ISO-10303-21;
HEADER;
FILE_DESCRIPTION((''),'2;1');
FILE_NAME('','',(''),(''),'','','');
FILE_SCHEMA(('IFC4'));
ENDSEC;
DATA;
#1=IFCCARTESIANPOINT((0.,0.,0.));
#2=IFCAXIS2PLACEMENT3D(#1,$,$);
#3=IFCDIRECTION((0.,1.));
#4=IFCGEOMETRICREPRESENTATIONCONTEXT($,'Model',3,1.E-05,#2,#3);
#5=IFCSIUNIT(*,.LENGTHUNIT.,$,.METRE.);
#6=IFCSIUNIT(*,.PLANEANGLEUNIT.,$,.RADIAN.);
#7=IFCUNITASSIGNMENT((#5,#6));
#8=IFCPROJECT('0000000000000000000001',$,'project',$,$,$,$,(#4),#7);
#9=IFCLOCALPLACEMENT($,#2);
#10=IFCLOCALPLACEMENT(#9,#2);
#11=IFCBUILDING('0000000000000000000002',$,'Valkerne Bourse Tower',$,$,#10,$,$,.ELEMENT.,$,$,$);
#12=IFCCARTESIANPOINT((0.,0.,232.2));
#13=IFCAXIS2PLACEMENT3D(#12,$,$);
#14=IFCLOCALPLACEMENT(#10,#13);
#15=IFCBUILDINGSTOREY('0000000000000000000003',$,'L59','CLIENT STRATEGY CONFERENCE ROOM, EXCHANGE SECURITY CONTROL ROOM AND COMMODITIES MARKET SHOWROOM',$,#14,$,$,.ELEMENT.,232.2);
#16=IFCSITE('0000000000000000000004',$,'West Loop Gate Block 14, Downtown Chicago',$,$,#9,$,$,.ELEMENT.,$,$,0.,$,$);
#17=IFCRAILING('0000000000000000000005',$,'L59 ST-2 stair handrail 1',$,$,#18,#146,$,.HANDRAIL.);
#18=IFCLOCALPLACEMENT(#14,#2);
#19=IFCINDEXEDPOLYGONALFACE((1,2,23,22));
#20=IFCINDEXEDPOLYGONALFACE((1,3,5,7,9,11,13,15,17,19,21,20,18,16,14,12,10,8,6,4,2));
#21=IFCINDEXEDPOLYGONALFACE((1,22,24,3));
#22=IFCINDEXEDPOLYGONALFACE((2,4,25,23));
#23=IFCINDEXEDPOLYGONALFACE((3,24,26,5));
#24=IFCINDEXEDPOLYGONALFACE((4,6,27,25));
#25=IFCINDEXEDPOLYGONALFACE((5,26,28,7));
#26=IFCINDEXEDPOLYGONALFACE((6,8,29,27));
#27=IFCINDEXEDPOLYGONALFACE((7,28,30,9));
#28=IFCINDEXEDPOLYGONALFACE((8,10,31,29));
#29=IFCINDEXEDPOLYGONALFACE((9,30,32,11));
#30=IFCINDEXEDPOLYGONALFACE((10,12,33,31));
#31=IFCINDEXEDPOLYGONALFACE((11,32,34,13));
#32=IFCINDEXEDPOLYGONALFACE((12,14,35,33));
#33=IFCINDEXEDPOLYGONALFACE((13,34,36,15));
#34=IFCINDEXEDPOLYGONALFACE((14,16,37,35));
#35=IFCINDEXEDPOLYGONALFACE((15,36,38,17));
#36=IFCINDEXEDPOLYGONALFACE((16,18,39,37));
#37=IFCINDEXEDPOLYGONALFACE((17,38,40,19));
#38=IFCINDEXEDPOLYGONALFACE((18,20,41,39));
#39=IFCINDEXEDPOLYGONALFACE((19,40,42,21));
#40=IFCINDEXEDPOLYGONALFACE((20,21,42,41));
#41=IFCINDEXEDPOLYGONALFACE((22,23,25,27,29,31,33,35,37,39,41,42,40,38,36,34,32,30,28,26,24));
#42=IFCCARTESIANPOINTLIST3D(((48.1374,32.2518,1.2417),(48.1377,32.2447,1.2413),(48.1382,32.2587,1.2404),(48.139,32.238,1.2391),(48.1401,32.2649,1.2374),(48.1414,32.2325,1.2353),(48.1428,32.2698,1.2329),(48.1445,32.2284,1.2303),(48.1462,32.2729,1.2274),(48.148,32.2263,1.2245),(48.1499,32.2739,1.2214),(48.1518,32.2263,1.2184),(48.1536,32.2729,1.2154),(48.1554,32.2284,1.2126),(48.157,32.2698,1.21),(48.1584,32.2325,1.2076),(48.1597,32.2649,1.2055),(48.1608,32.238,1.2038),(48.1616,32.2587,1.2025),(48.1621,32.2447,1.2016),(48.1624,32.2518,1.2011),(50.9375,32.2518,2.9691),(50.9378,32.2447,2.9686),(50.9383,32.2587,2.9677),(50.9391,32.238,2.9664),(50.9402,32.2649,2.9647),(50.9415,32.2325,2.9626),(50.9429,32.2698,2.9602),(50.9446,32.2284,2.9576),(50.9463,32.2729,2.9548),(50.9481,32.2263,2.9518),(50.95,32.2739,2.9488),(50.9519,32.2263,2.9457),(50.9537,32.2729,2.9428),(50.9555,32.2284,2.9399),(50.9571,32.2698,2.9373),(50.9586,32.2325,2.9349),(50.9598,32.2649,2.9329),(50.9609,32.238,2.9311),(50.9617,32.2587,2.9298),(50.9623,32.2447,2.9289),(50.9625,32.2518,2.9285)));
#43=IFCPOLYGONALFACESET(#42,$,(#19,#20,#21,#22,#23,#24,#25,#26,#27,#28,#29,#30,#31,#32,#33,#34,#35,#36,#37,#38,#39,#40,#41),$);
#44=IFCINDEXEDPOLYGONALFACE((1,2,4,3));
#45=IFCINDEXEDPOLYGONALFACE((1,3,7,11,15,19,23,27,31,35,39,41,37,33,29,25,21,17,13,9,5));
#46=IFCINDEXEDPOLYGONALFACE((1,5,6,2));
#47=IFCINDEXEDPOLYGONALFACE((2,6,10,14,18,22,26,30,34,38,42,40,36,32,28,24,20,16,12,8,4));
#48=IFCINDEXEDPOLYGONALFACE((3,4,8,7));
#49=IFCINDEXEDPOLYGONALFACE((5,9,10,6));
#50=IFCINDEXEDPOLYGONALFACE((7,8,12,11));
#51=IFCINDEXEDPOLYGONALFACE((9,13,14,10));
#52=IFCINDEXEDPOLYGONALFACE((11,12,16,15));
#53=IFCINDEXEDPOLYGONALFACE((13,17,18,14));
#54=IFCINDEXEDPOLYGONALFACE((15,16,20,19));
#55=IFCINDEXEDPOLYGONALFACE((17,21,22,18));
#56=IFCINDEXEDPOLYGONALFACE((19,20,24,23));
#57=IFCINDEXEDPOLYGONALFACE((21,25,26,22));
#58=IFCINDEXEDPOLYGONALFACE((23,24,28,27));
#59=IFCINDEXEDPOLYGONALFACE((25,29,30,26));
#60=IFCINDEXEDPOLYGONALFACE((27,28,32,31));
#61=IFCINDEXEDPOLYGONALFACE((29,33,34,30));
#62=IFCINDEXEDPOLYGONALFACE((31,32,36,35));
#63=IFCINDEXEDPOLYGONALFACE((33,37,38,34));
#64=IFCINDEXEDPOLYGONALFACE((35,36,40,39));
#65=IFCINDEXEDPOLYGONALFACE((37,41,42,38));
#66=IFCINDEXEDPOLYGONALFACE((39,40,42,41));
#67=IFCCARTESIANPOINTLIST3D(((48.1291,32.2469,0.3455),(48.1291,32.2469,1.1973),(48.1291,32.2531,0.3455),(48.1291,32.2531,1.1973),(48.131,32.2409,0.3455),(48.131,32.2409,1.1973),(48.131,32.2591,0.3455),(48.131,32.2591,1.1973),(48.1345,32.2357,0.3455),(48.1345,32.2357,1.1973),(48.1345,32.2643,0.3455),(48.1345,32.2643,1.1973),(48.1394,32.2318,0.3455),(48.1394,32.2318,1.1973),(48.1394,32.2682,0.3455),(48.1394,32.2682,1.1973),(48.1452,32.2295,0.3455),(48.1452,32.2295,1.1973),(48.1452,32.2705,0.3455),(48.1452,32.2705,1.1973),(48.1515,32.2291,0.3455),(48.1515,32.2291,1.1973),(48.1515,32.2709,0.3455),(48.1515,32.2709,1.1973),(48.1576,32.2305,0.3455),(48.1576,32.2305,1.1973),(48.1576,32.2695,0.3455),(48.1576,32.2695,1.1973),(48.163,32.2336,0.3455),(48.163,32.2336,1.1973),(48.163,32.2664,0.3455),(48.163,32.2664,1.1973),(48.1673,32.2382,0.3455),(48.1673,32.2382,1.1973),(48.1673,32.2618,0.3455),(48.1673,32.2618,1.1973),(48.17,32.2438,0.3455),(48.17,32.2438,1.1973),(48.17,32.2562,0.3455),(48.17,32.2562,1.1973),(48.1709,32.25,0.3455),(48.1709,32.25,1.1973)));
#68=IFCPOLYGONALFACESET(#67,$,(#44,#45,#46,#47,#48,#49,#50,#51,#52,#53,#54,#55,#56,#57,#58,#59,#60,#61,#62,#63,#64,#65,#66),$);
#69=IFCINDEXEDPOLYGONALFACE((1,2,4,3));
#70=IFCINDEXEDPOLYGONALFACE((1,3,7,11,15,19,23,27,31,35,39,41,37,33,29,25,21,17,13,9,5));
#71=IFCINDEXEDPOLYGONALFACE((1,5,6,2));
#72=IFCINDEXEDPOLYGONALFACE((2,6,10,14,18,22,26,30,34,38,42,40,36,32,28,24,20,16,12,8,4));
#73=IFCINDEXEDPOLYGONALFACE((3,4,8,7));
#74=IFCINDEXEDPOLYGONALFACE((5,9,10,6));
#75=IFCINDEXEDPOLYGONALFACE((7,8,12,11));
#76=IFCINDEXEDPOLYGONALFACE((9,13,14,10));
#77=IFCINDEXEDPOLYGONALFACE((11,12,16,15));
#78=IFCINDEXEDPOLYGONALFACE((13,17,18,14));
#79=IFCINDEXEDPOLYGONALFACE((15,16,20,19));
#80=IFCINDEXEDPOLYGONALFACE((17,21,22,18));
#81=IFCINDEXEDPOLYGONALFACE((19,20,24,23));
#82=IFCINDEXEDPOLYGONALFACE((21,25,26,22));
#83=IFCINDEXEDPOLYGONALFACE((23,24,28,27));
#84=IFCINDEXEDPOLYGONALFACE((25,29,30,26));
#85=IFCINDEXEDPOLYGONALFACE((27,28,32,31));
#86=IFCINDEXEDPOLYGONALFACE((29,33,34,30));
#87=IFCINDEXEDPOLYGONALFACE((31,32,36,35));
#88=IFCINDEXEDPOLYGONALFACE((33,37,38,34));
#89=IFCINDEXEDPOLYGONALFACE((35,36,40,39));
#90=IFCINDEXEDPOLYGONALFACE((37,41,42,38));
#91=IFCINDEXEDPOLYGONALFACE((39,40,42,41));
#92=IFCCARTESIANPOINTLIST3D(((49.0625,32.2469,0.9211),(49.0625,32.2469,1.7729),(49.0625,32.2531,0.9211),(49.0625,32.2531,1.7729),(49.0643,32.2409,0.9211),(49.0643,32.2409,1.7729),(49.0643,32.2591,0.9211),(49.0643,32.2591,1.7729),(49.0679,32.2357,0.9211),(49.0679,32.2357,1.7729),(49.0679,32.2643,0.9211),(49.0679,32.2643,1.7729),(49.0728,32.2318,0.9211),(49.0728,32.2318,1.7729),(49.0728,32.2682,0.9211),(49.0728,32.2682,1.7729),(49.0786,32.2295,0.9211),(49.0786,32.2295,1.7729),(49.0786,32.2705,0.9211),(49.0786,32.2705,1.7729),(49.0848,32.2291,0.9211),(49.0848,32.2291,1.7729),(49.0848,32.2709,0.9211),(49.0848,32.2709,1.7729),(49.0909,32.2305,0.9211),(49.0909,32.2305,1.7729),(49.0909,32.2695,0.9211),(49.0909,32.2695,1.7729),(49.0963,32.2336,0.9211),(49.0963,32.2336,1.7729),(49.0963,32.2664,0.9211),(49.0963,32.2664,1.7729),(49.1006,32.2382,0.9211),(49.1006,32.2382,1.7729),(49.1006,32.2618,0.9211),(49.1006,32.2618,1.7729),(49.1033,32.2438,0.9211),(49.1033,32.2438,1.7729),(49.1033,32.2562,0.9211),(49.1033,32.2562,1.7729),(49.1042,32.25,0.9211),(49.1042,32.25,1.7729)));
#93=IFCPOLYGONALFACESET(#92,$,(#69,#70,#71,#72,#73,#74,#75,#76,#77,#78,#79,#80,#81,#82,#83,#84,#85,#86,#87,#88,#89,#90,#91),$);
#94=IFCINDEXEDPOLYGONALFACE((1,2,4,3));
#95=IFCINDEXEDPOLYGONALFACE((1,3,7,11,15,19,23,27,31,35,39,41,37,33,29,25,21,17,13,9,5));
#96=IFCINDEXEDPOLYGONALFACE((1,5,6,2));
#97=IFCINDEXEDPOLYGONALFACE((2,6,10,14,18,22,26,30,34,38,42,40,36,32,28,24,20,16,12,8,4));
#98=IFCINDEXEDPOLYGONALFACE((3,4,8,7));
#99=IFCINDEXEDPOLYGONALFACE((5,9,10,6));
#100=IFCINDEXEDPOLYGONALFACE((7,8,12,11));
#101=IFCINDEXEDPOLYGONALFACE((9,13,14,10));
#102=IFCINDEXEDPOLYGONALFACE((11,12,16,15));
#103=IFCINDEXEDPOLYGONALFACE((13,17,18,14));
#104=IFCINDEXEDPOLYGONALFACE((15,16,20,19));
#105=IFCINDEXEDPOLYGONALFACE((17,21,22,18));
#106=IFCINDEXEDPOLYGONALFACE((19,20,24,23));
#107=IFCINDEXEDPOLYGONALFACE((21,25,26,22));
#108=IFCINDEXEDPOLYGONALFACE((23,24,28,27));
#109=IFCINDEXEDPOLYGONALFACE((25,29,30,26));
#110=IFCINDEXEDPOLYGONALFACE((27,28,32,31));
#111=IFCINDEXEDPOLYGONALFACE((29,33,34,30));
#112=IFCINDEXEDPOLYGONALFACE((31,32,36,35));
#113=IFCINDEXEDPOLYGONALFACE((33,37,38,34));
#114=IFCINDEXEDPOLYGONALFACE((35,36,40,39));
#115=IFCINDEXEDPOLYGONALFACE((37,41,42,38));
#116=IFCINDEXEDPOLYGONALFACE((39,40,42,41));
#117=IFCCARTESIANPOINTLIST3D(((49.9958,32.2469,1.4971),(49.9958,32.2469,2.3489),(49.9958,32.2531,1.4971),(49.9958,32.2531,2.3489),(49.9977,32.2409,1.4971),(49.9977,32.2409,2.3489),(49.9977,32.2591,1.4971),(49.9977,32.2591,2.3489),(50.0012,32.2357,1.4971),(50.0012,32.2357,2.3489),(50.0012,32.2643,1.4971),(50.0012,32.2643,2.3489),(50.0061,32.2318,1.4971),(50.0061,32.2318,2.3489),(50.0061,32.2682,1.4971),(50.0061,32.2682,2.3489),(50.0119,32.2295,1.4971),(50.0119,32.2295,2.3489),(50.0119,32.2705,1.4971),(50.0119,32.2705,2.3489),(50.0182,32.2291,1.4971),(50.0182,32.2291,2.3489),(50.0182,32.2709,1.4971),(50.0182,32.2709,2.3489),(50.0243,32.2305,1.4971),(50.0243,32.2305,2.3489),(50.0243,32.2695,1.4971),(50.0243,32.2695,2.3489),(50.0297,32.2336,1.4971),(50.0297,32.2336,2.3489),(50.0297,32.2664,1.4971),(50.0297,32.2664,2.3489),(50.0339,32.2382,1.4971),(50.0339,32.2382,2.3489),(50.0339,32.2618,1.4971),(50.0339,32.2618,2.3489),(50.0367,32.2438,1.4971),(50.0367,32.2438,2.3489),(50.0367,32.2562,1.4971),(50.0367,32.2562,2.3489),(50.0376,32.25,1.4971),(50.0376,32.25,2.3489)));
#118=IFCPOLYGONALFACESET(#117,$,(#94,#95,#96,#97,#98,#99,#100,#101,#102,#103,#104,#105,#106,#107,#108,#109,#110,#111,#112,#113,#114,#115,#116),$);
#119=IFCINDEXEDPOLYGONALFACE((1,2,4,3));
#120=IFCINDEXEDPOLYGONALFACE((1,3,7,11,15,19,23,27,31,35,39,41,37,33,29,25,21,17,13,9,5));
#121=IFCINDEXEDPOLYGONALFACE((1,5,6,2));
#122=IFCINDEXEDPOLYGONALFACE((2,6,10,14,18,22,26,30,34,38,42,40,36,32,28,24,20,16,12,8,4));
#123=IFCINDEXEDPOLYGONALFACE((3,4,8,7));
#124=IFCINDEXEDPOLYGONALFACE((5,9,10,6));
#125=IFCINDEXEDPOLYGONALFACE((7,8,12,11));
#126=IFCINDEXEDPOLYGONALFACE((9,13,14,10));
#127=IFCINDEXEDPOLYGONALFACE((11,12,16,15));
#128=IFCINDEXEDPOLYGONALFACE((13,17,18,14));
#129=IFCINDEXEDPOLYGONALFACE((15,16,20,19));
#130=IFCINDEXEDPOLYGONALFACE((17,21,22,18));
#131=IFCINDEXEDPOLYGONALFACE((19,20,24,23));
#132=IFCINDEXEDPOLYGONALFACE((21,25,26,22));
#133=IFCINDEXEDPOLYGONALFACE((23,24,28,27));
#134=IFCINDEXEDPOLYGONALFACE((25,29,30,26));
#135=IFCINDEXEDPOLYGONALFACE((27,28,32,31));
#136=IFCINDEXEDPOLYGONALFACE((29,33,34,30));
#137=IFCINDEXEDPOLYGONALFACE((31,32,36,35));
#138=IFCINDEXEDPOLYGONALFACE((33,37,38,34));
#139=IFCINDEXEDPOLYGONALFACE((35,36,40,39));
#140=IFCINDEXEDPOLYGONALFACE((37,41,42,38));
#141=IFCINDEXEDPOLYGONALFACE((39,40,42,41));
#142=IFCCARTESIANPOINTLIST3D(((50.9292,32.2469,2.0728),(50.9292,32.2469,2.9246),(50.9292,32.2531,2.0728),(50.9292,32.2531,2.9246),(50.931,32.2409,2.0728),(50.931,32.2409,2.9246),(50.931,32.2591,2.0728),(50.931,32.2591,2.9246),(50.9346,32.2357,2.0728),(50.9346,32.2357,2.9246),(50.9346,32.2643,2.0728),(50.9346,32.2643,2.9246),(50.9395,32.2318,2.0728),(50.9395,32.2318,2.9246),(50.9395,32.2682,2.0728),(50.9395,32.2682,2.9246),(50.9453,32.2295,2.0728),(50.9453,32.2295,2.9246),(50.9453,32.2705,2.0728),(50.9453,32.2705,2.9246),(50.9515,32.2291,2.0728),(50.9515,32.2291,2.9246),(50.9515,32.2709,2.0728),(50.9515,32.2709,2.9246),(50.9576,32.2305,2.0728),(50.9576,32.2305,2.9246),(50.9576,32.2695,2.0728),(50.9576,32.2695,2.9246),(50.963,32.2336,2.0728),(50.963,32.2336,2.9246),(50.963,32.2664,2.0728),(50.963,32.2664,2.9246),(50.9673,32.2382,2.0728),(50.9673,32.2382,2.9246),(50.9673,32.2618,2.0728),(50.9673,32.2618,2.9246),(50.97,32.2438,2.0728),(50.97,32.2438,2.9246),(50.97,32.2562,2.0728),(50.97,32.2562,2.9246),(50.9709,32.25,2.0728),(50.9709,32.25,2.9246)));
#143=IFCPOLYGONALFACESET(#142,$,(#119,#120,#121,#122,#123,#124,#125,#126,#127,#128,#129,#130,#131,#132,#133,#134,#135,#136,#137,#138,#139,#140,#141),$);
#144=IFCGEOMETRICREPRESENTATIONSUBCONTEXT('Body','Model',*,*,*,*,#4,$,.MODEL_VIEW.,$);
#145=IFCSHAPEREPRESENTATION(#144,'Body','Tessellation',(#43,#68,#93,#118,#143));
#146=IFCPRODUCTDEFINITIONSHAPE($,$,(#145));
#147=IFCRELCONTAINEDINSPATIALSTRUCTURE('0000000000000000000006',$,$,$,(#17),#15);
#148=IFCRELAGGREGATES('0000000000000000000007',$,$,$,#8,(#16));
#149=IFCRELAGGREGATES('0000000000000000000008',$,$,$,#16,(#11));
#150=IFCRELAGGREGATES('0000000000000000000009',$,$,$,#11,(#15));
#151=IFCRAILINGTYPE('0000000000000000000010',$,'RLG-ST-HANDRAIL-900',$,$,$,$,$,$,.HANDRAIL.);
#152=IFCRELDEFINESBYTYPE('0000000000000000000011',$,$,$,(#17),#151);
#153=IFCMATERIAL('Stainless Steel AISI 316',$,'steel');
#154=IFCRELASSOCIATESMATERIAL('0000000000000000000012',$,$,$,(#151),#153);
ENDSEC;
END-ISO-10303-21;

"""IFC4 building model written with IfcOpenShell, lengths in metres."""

from ifc_helpers import new_model, si_unit, direction, frame, origin, origin_2d, place, context, subcontext, project, spatial, circle, extrude, material, type_object, element, save


model = new_model("IFC4")

# Units and contexts
model_context = context("Model", 3, precision=1e-05, world=origin(), true_north=direction((0.0, 1.0)))
body_context = subcontext(model_context, "Body", "Model", "MODEL_VIEW")
ifc_project = project(units=[si_unit("LENGTHUNIT", "METRE"), si_unit("PLANEANGLEUNIT", "RADIAN")], contexts=[model_context])

# Site, building, storey
site_placement = place(None, origin())
site = spatial("IfcSite", under=ifc_project, at=site_placement, Name="West Loop Gate Block 14, Downtown Chicago", CompositionType="ELEMENT", RefElevation=0.0)
building_placement = place(site_placement, origin())
building = spatial("IfcBuilding", under=site, at=building_placement, Name="Valkerne Bourse Tower", CompositionType="ELEMENT")
storey_placement = place(building_placement, frame((0.0, 0.0, 232.2)))
storey = spatial("IfcBuildingStorey", under=building, at=storey_placement, Name="L59", Description="CLIENT STRATEGY CONFERENCE ROOM, EXCHANGE SECURITY CONTROL ROOM AND COMMODITIES MARKET SHOWROOM", CompositionType="ELEMENT", Elevation=232.2)

# Shared definitions
ifc_material_1 = material(Name="Stainless Steel AISI 316", Category="steel")

# Railing
railing_type_1 = type_object("IfcRailingType", Name="RLG-ST-HANDRAIL-900", PredefinedType="HANDRAIL", material=ifc_material_1)
railing_1_placement = place(storey_placement, frame((48.1499, 32.25, 0.3455)))
element("IfcRailing", 1, at=railing_1_placement, inside=storey, type_object=railing_type_1, Name="L59 ST-2 stair handrail 1", PredefinedType="HANDRAIL", context=body_context, shape_type="SweptSolid", body=[
    extrude(circle(Radius=0.0239, at=origin_2d()), frame((0.0, 0.0, 0.876), z_axis=(0.85109, 0.0, 0.52502), x_axis=(0.0, 1.0, 0.0)), (0.0, 0.0, 1.0), 3.29),
    extrude(circle(Radius=0.021, at=origin_2d()), origin(), (0.0, 0.0, 1.0), 0.8518),
    extrude(circle(Radius=0.021, at=origin_2d()), frame((0.9333, 0.0, 0.5757)), (0.0, 0.0, 1.0), 0.8518),
    extrude(circle(Radius=0.021, at=origin_2d()), frame((1.8667, 0.0, 1.1516)), (0.0, 0.0, 1.0), 0.8518),
    extrude(circle(Radius=0.021, at=origin_2d()), frame((2.8, 0.0, 1.7273)), (0.0, 0.0, 1.0), 0.8518),
])

save(model, "model.ifc")
